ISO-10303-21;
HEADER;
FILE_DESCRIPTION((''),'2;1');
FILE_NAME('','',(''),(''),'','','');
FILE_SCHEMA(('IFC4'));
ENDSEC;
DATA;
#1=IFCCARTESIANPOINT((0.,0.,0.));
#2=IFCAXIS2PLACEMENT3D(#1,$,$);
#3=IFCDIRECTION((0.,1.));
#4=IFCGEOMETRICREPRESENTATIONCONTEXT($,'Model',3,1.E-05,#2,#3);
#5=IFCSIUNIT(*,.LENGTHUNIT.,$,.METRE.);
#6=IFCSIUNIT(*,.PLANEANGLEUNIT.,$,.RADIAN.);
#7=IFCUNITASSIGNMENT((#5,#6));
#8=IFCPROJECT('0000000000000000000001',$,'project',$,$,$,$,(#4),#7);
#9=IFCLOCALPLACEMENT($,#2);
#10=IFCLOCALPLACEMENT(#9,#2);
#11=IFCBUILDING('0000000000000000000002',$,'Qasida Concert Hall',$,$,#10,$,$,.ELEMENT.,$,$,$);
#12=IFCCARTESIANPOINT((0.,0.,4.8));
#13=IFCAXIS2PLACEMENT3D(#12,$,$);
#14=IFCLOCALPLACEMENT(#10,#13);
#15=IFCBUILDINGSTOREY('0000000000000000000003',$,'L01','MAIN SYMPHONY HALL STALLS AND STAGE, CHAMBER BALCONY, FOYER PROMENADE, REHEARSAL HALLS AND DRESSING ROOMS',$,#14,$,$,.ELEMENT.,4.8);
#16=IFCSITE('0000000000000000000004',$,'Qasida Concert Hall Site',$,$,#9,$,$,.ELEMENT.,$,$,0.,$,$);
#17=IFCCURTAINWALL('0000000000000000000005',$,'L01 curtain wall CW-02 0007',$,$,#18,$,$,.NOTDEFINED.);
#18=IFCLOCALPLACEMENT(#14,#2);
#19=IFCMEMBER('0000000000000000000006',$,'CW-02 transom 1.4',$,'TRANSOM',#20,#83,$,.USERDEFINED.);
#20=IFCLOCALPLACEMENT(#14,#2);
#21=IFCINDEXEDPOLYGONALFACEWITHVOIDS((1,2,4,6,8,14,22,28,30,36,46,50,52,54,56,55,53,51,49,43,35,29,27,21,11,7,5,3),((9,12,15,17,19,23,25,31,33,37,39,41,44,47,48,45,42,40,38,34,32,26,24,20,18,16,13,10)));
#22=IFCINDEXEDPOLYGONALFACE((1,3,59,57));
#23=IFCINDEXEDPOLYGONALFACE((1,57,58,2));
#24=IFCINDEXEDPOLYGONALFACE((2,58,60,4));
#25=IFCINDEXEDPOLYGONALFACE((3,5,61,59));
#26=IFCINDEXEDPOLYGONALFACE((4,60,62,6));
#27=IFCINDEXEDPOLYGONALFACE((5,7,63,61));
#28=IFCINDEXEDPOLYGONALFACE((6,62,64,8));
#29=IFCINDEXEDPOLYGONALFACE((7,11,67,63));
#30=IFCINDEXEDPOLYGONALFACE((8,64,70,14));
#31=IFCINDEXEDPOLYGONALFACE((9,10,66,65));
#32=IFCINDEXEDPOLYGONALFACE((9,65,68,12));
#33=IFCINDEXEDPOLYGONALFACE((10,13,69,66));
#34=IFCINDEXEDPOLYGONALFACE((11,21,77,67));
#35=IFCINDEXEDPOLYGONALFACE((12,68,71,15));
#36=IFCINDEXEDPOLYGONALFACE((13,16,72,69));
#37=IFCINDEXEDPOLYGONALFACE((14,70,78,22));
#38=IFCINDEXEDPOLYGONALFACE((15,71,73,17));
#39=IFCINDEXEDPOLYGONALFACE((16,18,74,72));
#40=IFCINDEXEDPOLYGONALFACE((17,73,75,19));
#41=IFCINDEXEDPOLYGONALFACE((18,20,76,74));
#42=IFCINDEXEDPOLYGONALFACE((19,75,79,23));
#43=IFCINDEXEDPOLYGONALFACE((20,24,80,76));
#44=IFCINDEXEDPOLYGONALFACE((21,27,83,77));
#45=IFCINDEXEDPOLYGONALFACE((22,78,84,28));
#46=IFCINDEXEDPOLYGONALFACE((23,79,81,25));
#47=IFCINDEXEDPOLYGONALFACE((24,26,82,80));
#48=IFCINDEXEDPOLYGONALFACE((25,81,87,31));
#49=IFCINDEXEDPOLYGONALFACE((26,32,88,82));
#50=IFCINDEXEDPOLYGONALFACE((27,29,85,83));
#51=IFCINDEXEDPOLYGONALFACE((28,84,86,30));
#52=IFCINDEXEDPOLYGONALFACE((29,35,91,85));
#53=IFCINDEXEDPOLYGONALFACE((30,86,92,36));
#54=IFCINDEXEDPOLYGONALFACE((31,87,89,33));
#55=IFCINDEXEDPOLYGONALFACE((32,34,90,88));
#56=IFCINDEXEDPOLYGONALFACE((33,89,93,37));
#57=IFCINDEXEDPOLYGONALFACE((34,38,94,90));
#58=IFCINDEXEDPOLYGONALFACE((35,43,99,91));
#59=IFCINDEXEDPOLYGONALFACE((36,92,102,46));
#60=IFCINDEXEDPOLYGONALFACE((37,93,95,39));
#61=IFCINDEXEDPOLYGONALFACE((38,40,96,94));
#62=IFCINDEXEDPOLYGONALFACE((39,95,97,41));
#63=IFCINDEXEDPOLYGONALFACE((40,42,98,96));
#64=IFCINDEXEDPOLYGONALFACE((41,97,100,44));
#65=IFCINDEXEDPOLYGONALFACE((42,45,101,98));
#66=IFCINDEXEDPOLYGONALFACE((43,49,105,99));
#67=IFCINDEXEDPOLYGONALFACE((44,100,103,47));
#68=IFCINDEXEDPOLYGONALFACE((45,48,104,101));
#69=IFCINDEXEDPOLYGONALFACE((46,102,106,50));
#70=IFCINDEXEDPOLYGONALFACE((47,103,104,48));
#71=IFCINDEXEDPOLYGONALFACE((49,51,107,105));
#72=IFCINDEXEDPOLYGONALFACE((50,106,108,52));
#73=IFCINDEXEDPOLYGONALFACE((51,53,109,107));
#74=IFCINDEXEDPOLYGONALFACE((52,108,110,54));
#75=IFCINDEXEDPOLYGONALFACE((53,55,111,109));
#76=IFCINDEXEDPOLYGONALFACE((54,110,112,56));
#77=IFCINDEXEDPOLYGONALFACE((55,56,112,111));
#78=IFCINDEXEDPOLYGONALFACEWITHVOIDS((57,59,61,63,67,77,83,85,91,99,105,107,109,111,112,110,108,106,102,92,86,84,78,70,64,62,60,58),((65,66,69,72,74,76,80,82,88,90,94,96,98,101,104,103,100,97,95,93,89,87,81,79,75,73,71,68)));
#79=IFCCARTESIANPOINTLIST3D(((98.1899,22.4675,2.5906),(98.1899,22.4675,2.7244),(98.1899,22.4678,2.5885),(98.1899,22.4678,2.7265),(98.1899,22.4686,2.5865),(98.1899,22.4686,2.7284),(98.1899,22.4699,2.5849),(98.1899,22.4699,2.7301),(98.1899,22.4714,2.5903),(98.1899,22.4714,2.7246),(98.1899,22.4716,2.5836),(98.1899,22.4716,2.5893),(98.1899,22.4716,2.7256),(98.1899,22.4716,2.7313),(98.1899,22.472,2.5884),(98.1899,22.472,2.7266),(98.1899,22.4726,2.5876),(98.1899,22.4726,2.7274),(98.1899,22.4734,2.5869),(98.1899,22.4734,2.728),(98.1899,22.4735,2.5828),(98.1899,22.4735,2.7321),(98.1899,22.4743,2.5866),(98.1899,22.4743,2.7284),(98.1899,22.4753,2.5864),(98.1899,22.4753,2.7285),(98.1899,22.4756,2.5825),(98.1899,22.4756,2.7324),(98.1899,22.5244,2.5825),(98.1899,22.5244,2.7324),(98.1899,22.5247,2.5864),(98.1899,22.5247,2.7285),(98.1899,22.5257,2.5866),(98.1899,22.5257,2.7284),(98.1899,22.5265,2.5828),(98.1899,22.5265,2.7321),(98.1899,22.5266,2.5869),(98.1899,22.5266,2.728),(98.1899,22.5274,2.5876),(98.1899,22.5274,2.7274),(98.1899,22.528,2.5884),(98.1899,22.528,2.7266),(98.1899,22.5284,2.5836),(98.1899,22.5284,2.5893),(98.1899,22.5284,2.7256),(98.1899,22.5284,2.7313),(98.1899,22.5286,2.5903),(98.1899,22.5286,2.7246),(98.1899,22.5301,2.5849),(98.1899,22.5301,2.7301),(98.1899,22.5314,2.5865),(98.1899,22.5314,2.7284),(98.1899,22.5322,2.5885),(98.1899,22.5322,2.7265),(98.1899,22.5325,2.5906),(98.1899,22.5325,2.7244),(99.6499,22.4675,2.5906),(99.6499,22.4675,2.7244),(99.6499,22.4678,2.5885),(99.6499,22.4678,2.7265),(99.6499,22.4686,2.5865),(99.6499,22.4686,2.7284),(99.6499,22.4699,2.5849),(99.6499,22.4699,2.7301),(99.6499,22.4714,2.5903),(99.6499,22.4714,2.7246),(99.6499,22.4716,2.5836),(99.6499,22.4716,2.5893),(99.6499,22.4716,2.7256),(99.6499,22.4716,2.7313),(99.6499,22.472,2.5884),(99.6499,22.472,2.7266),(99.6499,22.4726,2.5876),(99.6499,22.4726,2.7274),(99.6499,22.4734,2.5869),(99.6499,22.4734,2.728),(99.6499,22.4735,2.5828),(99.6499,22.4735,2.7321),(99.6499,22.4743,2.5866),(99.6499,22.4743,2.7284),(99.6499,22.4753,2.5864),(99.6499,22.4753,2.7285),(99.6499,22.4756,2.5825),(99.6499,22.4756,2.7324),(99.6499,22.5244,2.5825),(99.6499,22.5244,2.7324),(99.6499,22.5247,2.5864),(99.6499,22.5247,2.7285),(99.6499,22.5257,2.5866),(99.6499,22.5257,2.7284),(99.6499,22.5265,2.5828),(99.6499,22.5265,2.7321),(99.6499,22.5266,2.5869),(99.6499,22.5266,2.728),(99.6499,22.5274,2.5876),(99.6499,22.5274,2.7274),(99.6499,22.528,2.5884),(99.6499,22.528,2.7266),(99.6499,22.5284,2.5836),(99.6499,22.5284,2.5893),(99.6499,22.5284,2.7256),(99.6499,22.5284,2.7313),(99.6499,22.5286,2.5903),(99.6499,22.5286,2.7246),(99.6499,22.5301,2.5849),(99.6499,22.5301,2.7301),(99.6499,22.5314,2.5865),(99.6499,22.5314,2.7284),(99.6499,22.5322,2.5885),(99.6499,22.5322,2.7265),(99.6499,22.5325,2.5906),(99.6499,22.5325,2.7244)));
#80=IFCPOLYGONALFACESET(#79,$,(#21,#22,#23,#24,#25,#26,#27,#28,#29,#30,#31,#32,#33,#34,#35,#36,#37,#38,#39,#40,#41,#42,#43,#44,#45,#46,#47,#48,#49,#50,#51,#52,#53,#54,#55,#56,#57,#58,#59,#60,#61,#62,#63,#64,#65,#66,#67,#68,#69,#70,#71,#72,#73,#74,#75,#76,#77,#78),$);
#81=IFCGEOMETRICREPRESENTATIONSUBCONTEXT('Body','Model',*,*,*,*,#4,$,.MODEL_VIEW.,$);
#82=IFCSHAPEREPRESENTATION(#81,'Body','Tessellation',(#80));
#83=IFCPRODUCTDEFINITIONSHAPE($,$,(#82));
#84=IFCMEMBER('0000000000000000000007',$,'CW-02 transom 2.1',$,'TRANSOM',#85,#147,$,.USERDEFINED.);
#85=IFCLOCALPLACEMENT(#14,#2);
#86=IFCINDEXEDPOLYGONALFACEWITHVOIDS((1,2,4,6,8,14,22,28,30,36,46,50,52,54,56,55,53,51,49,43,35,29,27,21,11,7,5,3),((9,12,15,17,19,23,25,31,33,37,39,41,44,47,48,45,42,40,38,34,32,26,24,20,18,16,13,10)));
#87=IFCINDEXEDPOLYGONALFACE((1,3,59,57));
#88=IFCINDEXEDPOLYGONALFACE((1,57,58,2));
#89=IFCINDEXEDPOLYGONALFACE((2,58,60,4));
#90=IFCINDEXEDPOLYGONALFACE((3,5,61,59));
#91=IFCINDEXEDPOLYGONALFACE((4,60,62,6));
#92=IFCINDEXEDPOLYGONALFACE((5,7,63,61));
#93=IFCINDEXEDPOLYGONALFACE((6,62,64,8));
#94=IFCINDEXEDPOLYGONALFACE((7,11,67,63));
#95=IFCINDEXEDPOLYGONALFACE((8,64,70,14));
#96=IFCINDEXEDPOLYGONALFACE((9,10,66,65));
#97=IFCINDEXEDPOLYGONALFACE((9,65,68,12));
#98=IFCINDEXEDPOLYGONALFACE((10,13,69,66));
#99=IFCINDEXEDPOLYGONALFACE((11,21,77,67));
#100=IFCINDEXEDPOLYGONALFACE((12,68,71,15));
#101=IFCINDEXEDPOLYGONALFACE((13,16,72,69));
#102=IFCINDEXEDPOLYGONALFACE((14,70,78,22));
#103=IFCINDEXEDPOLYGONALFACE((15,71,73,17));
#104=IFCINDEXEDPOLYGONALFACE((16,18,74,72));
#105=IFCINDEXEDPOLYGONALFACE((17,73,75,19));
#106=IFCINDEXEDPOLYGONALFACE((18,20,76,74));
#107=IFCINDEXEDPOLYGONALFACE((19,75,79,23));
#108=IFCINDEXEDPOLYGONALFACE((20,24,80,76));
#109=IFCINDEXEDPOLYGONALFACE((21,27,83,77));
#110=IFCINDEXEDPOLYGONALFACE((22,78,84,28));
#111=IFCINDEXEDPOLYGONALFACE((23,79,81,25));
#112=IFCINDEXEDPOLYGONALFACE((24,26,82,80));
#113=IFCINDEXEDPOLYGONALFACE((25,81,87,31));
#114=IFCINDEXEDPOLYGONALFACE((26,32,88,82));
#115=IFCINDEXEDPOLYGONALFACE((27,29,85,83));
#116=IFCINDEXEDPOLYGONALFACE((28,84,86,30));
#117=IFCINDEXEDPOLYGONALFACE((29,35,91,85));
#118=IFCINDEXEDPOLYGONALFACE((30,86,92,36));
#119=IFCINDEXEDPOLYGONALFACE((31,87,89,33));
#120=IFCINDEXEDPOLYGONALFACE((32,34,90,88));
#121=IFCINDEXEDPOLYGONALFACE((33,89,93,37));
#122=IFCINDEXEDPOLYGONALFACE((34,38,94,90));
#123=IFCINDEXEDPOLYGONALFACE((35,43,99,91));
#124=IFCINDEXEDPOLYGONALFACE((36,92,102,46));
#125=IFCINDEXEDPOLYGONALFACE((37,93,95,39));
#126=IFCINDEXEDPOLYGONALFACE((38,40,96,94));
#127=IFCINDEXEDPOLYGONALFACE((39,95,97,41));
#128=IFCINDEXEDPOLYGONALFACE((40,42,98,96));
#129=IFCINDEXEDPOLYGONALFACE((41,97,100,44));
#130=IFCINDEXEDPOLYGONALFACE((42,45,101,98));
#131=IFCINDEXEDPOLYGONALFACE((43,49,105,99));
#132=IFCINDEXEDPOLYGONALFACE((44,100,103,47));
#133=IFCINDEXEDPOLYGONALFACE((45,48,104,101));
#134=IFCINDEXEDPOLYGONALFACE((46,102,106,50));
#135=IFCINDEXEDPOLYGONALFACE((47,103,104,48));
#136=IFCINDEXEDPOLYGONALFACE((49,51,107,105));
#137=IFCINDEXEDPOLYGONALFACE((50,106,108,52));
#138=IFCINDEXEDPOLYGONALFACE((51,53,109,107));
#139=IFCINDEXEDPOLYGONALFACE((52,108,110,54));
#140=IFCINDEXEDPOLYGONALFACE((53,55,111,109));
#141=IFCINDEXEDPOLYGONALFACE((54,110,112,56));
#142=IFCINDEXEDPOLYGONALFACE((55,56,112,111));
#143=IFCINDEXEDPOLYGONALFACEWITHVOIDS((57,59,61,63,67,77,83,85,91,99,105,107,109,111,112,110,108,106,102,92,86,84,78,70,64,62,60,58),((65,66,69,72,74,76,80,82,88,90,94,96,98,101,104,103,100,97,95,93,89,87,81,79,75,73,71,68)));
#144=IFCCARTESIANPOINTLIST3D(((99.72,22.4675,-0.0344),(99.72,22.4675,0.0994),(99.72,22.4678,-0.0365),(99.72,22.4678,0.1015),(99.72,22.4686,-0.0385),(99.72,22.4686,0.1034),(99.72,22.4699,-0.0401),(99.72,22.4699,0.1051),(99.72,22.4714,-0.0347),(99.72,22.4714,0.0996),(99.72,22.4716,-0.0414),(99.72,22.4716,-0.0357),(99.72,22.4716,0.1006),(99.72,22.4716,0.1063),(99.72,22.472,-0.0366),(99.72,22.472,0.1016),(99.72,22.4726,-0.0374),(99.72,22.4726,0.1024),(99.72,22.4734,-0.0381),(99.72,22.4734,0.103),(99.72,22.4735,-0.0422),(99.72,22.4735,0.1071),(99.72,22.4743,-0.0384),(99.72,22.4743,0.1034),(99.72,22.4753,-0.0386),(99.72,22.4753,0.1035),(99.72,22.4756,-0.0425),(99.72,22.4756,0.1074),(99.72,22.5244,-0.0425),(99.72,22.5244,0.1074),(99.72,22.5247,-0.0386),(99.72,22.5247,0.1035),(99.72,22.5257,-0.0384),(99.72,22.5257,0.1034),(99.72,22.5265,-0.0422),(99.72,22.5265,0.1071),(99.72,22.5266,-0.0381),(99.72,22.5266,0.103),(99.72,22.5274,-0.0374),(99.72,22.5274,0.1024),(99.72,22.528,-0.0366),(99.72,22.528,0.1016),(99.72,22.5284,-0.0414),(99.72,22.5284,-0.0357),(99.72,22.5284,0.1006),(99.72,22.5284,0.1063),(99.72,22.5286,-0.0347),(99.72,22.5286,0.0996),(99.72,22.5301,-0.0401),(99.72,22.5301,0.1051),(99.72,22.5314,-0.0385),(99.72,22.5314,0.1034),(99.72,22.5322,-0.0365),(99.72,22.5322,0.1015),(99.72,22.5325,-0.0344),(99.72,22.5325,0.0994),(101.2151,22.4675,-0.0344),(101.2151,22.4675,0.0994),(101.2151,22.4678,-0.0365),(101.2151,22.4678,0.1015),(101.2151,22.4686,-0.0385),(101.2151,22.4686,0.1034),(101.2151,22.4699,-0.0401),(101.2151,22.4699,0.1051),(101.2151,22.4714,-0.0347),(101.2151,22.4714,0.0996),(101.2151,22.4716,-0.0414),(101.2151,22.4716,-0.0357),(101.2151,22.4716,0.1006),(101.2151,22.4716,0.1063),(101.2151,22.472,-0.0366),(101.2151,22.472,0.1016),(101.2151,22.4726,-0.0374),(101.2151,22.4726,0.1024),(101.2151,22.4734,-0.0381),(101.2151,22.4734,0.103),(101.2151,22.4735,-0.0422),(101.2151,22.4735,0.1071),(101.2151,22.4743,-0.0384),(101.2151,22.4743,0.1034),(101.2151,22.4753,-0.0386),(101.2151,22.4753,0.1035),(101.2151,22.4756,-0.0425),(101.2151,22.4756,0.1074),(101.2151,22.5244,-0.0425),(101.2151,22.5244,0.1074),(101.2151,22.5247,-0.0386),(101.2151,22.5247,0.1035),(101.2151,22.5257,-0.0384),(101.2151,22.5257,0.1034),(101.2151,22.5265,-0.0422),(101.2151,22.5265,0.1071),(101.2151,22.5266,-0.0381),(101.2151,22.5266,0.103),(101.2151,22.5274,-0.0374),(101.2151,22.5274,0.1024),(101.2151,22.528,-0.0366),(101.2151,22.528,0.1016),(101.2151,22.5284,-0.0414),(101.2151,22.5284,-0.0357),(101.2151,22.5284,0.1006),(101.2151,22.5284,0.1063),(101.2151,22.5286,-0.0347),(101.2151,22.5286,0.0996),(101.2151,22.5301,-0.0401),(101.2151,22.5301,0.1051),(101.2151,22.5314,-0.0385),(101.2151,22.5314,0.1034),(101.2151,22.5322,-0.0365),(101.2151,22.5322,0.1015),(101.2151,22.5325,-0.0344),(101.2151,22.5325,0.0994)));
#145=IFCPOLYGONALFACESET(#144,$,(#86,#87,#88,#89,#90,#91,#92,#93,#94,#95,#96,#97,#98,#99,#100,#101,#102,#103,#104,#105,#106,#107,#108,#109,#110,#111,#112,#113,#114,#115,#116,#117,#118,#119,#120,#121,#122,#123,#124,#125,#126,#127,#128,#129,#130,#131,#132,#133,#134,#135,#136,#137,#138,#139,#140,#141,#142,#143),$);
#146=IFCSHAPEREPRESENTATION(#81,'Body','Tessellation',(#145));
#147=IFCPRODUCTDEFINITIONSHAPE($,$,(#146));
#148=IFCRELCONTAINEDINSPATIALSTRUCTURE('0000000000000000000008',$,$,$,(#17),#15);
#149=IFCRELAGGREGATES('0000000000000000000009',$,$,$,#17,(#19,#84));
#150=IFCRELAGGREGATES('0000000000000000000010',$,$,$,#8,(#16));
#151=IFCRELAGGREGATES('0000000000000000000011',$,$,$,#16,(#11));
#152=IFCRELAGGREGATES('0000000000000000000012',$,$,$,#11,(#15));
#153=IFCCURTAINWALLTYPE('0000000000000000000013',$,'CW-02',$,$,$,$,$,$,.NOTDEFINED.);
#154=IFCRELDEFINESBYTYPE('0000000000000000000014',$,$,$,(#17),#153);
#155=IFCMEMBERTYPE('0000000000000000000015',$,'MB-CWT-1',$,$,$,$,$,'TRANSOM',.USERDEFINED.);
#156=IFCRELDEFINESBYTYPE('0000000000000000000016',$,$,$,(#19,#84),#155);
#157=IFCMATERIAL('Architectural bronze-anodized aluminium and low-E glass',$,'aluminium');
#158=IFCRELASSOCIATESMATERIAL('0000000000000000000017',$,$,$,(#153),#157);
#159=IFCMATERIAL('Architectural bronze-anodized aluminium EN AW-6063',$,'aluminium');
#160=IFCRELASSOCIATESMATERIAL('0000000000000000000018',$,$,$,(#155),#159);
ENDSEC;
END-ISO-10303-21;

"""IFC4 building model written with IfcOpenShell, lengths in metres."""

from ifc_helpers import new_model, si_unit, direction, frame, origin, origin_2d, place, context, subcontext, project, spatial, hollow_rectangle, extrude, material, material_profile, profile_set, type_object, element, aggregate, save


model = new_model("IFC4")

# Units and contexts
model_context = context("Model", 3, precision=1e-05, world=origin(), true_north=direction((0.0, 1.0)))
body_context = subcontext(model_context, "Body", "Model", "MODEL_VIEW")
ifc_project = project(units=[si_unit("LENGTHUNIT", "METRE"), si_unit("PLANEANGLEUNIT", "RADIAN")], contexts=[model_context])

# Site, building, storey
site_placement = place(None, origin())
site = spatial("IfcSite", under=ifc_project, at=site_placement, Name="Qasida Concert Hall Site", CompositionType="ELEMENT", RefElevation=0.0)
building_placement = place(site_placement, origin())
building = spatial("IfcBuilding", under=site, at=building_placement, Name="Qasida Concert Hall", CompositionType="ELEMENT")
storey_placement = place(building_placement, frame((0.0, 0.0, 4.8)))
storey = spatial("IfcBuildingStorey", under=building, at=storey_placement, Name="L01", Description="MAIN SYMPHONY HALL STALLS AND STAGE, CHAMBER BALCONY, FOYER PROMENADE, REHEARSAL HALLS AND DRESSING ROOMS", CompositionType="ELEMENT", Elevation=4.8)

# Curtain wall, members
ifc_material_1 = material(Name="Architectural bronze-anodized aluminium and low-E glass", Category="aluminium")
curtain_wall_type = type_object("IfcCurtainWallType", Name="CW-02", PredefinedType="NOTDEFINED", material=ifc_material_1)
curtain_wall_placement = place(storey_placement, origin())
curtain_wall = element("IfcCurtainWall", 1, at=curtain_wall_placement, inside=storey, type_object=curtain_wall_type, Name="L01 curtain wall CW-02 0007", PredefinedType="NOTDEFINED")
ifc_material_2 = material(Name="Architectural bronze-anodized aluminium EN AW-6063", Category="aluminium")
ifc_material_profile_1 = material_profile(ifc_material_2, hollow_rectangle(XDim=0.0649, YDim=0.1499, WallThickness=0.0039, InnerFilletRadius=0.0039, OuterFilletRadius=0.0081, at=origin_2d()), Name="CWT 150x65x4")
ifc_profile_set_1 = profile_set([ifc_material_profile_1], Name="Architectural bronze-anodized aluminium EN AW-6063")
member_type_1 = type_object("IfcMemberType", Name="MB-CWT-1", ElementType="TRANSOM", PredefinedType="USERDEFINED", material=ifc_profile_set_1)
member_1_placement = place(storey_placement, frame((98.1899, 22.5, 2.6575), z_axis=(1.0, 0.0, 0.0), x_axis=(0.0, 1.0, 0.0)))
member_1 = element("IfcMember", 2, at=member_1_placement, type_object=member_type_1, Name="CW-02 transom 1.4", ObjectType="TRANSOM", PredefinedType="USERDEFINED", context=body_context, shape_type="SweptSolid", body=[
    extrude(hollow_rectangle(XDim=0.0649, YDim=0.1499, WallThickness=0.0039, InnerFilletRadius=0.0039, OuterFilletRadius=0.0081, at=origin_2d()), origin(), (0.0, 0.0, 1.0), 1.46),
])
member_2_placement = place(storey_placement, frame((99.72, 22.5, 0.0325), z_axis=(1.0, 0.0, 0.0), x_axis=(0.0, 1.0, 0.0)))
member_2 = element("IfcMember", 3, at=member_2_placement, type_object=member_type_1, Name="CW-02 transom 2.1", ObjectType="TRANSOM", PredefinedType="USERDEFINED", context=body_context, shape_type="SweptSolid", body=[
    extrude(hollow_rectangle(XDim=0.0649, YDim=0.1499, WallThickness=0.0039, InnerFilletRadius=0.0039, OuterFilletRadius=0.0081, at=origin_2d()), origin(), (0.0, 0.0, 1.0), 1.4951),
])

aggregate(curtain_wall, [member_1, member_2])

save(model, "model.ifc")
